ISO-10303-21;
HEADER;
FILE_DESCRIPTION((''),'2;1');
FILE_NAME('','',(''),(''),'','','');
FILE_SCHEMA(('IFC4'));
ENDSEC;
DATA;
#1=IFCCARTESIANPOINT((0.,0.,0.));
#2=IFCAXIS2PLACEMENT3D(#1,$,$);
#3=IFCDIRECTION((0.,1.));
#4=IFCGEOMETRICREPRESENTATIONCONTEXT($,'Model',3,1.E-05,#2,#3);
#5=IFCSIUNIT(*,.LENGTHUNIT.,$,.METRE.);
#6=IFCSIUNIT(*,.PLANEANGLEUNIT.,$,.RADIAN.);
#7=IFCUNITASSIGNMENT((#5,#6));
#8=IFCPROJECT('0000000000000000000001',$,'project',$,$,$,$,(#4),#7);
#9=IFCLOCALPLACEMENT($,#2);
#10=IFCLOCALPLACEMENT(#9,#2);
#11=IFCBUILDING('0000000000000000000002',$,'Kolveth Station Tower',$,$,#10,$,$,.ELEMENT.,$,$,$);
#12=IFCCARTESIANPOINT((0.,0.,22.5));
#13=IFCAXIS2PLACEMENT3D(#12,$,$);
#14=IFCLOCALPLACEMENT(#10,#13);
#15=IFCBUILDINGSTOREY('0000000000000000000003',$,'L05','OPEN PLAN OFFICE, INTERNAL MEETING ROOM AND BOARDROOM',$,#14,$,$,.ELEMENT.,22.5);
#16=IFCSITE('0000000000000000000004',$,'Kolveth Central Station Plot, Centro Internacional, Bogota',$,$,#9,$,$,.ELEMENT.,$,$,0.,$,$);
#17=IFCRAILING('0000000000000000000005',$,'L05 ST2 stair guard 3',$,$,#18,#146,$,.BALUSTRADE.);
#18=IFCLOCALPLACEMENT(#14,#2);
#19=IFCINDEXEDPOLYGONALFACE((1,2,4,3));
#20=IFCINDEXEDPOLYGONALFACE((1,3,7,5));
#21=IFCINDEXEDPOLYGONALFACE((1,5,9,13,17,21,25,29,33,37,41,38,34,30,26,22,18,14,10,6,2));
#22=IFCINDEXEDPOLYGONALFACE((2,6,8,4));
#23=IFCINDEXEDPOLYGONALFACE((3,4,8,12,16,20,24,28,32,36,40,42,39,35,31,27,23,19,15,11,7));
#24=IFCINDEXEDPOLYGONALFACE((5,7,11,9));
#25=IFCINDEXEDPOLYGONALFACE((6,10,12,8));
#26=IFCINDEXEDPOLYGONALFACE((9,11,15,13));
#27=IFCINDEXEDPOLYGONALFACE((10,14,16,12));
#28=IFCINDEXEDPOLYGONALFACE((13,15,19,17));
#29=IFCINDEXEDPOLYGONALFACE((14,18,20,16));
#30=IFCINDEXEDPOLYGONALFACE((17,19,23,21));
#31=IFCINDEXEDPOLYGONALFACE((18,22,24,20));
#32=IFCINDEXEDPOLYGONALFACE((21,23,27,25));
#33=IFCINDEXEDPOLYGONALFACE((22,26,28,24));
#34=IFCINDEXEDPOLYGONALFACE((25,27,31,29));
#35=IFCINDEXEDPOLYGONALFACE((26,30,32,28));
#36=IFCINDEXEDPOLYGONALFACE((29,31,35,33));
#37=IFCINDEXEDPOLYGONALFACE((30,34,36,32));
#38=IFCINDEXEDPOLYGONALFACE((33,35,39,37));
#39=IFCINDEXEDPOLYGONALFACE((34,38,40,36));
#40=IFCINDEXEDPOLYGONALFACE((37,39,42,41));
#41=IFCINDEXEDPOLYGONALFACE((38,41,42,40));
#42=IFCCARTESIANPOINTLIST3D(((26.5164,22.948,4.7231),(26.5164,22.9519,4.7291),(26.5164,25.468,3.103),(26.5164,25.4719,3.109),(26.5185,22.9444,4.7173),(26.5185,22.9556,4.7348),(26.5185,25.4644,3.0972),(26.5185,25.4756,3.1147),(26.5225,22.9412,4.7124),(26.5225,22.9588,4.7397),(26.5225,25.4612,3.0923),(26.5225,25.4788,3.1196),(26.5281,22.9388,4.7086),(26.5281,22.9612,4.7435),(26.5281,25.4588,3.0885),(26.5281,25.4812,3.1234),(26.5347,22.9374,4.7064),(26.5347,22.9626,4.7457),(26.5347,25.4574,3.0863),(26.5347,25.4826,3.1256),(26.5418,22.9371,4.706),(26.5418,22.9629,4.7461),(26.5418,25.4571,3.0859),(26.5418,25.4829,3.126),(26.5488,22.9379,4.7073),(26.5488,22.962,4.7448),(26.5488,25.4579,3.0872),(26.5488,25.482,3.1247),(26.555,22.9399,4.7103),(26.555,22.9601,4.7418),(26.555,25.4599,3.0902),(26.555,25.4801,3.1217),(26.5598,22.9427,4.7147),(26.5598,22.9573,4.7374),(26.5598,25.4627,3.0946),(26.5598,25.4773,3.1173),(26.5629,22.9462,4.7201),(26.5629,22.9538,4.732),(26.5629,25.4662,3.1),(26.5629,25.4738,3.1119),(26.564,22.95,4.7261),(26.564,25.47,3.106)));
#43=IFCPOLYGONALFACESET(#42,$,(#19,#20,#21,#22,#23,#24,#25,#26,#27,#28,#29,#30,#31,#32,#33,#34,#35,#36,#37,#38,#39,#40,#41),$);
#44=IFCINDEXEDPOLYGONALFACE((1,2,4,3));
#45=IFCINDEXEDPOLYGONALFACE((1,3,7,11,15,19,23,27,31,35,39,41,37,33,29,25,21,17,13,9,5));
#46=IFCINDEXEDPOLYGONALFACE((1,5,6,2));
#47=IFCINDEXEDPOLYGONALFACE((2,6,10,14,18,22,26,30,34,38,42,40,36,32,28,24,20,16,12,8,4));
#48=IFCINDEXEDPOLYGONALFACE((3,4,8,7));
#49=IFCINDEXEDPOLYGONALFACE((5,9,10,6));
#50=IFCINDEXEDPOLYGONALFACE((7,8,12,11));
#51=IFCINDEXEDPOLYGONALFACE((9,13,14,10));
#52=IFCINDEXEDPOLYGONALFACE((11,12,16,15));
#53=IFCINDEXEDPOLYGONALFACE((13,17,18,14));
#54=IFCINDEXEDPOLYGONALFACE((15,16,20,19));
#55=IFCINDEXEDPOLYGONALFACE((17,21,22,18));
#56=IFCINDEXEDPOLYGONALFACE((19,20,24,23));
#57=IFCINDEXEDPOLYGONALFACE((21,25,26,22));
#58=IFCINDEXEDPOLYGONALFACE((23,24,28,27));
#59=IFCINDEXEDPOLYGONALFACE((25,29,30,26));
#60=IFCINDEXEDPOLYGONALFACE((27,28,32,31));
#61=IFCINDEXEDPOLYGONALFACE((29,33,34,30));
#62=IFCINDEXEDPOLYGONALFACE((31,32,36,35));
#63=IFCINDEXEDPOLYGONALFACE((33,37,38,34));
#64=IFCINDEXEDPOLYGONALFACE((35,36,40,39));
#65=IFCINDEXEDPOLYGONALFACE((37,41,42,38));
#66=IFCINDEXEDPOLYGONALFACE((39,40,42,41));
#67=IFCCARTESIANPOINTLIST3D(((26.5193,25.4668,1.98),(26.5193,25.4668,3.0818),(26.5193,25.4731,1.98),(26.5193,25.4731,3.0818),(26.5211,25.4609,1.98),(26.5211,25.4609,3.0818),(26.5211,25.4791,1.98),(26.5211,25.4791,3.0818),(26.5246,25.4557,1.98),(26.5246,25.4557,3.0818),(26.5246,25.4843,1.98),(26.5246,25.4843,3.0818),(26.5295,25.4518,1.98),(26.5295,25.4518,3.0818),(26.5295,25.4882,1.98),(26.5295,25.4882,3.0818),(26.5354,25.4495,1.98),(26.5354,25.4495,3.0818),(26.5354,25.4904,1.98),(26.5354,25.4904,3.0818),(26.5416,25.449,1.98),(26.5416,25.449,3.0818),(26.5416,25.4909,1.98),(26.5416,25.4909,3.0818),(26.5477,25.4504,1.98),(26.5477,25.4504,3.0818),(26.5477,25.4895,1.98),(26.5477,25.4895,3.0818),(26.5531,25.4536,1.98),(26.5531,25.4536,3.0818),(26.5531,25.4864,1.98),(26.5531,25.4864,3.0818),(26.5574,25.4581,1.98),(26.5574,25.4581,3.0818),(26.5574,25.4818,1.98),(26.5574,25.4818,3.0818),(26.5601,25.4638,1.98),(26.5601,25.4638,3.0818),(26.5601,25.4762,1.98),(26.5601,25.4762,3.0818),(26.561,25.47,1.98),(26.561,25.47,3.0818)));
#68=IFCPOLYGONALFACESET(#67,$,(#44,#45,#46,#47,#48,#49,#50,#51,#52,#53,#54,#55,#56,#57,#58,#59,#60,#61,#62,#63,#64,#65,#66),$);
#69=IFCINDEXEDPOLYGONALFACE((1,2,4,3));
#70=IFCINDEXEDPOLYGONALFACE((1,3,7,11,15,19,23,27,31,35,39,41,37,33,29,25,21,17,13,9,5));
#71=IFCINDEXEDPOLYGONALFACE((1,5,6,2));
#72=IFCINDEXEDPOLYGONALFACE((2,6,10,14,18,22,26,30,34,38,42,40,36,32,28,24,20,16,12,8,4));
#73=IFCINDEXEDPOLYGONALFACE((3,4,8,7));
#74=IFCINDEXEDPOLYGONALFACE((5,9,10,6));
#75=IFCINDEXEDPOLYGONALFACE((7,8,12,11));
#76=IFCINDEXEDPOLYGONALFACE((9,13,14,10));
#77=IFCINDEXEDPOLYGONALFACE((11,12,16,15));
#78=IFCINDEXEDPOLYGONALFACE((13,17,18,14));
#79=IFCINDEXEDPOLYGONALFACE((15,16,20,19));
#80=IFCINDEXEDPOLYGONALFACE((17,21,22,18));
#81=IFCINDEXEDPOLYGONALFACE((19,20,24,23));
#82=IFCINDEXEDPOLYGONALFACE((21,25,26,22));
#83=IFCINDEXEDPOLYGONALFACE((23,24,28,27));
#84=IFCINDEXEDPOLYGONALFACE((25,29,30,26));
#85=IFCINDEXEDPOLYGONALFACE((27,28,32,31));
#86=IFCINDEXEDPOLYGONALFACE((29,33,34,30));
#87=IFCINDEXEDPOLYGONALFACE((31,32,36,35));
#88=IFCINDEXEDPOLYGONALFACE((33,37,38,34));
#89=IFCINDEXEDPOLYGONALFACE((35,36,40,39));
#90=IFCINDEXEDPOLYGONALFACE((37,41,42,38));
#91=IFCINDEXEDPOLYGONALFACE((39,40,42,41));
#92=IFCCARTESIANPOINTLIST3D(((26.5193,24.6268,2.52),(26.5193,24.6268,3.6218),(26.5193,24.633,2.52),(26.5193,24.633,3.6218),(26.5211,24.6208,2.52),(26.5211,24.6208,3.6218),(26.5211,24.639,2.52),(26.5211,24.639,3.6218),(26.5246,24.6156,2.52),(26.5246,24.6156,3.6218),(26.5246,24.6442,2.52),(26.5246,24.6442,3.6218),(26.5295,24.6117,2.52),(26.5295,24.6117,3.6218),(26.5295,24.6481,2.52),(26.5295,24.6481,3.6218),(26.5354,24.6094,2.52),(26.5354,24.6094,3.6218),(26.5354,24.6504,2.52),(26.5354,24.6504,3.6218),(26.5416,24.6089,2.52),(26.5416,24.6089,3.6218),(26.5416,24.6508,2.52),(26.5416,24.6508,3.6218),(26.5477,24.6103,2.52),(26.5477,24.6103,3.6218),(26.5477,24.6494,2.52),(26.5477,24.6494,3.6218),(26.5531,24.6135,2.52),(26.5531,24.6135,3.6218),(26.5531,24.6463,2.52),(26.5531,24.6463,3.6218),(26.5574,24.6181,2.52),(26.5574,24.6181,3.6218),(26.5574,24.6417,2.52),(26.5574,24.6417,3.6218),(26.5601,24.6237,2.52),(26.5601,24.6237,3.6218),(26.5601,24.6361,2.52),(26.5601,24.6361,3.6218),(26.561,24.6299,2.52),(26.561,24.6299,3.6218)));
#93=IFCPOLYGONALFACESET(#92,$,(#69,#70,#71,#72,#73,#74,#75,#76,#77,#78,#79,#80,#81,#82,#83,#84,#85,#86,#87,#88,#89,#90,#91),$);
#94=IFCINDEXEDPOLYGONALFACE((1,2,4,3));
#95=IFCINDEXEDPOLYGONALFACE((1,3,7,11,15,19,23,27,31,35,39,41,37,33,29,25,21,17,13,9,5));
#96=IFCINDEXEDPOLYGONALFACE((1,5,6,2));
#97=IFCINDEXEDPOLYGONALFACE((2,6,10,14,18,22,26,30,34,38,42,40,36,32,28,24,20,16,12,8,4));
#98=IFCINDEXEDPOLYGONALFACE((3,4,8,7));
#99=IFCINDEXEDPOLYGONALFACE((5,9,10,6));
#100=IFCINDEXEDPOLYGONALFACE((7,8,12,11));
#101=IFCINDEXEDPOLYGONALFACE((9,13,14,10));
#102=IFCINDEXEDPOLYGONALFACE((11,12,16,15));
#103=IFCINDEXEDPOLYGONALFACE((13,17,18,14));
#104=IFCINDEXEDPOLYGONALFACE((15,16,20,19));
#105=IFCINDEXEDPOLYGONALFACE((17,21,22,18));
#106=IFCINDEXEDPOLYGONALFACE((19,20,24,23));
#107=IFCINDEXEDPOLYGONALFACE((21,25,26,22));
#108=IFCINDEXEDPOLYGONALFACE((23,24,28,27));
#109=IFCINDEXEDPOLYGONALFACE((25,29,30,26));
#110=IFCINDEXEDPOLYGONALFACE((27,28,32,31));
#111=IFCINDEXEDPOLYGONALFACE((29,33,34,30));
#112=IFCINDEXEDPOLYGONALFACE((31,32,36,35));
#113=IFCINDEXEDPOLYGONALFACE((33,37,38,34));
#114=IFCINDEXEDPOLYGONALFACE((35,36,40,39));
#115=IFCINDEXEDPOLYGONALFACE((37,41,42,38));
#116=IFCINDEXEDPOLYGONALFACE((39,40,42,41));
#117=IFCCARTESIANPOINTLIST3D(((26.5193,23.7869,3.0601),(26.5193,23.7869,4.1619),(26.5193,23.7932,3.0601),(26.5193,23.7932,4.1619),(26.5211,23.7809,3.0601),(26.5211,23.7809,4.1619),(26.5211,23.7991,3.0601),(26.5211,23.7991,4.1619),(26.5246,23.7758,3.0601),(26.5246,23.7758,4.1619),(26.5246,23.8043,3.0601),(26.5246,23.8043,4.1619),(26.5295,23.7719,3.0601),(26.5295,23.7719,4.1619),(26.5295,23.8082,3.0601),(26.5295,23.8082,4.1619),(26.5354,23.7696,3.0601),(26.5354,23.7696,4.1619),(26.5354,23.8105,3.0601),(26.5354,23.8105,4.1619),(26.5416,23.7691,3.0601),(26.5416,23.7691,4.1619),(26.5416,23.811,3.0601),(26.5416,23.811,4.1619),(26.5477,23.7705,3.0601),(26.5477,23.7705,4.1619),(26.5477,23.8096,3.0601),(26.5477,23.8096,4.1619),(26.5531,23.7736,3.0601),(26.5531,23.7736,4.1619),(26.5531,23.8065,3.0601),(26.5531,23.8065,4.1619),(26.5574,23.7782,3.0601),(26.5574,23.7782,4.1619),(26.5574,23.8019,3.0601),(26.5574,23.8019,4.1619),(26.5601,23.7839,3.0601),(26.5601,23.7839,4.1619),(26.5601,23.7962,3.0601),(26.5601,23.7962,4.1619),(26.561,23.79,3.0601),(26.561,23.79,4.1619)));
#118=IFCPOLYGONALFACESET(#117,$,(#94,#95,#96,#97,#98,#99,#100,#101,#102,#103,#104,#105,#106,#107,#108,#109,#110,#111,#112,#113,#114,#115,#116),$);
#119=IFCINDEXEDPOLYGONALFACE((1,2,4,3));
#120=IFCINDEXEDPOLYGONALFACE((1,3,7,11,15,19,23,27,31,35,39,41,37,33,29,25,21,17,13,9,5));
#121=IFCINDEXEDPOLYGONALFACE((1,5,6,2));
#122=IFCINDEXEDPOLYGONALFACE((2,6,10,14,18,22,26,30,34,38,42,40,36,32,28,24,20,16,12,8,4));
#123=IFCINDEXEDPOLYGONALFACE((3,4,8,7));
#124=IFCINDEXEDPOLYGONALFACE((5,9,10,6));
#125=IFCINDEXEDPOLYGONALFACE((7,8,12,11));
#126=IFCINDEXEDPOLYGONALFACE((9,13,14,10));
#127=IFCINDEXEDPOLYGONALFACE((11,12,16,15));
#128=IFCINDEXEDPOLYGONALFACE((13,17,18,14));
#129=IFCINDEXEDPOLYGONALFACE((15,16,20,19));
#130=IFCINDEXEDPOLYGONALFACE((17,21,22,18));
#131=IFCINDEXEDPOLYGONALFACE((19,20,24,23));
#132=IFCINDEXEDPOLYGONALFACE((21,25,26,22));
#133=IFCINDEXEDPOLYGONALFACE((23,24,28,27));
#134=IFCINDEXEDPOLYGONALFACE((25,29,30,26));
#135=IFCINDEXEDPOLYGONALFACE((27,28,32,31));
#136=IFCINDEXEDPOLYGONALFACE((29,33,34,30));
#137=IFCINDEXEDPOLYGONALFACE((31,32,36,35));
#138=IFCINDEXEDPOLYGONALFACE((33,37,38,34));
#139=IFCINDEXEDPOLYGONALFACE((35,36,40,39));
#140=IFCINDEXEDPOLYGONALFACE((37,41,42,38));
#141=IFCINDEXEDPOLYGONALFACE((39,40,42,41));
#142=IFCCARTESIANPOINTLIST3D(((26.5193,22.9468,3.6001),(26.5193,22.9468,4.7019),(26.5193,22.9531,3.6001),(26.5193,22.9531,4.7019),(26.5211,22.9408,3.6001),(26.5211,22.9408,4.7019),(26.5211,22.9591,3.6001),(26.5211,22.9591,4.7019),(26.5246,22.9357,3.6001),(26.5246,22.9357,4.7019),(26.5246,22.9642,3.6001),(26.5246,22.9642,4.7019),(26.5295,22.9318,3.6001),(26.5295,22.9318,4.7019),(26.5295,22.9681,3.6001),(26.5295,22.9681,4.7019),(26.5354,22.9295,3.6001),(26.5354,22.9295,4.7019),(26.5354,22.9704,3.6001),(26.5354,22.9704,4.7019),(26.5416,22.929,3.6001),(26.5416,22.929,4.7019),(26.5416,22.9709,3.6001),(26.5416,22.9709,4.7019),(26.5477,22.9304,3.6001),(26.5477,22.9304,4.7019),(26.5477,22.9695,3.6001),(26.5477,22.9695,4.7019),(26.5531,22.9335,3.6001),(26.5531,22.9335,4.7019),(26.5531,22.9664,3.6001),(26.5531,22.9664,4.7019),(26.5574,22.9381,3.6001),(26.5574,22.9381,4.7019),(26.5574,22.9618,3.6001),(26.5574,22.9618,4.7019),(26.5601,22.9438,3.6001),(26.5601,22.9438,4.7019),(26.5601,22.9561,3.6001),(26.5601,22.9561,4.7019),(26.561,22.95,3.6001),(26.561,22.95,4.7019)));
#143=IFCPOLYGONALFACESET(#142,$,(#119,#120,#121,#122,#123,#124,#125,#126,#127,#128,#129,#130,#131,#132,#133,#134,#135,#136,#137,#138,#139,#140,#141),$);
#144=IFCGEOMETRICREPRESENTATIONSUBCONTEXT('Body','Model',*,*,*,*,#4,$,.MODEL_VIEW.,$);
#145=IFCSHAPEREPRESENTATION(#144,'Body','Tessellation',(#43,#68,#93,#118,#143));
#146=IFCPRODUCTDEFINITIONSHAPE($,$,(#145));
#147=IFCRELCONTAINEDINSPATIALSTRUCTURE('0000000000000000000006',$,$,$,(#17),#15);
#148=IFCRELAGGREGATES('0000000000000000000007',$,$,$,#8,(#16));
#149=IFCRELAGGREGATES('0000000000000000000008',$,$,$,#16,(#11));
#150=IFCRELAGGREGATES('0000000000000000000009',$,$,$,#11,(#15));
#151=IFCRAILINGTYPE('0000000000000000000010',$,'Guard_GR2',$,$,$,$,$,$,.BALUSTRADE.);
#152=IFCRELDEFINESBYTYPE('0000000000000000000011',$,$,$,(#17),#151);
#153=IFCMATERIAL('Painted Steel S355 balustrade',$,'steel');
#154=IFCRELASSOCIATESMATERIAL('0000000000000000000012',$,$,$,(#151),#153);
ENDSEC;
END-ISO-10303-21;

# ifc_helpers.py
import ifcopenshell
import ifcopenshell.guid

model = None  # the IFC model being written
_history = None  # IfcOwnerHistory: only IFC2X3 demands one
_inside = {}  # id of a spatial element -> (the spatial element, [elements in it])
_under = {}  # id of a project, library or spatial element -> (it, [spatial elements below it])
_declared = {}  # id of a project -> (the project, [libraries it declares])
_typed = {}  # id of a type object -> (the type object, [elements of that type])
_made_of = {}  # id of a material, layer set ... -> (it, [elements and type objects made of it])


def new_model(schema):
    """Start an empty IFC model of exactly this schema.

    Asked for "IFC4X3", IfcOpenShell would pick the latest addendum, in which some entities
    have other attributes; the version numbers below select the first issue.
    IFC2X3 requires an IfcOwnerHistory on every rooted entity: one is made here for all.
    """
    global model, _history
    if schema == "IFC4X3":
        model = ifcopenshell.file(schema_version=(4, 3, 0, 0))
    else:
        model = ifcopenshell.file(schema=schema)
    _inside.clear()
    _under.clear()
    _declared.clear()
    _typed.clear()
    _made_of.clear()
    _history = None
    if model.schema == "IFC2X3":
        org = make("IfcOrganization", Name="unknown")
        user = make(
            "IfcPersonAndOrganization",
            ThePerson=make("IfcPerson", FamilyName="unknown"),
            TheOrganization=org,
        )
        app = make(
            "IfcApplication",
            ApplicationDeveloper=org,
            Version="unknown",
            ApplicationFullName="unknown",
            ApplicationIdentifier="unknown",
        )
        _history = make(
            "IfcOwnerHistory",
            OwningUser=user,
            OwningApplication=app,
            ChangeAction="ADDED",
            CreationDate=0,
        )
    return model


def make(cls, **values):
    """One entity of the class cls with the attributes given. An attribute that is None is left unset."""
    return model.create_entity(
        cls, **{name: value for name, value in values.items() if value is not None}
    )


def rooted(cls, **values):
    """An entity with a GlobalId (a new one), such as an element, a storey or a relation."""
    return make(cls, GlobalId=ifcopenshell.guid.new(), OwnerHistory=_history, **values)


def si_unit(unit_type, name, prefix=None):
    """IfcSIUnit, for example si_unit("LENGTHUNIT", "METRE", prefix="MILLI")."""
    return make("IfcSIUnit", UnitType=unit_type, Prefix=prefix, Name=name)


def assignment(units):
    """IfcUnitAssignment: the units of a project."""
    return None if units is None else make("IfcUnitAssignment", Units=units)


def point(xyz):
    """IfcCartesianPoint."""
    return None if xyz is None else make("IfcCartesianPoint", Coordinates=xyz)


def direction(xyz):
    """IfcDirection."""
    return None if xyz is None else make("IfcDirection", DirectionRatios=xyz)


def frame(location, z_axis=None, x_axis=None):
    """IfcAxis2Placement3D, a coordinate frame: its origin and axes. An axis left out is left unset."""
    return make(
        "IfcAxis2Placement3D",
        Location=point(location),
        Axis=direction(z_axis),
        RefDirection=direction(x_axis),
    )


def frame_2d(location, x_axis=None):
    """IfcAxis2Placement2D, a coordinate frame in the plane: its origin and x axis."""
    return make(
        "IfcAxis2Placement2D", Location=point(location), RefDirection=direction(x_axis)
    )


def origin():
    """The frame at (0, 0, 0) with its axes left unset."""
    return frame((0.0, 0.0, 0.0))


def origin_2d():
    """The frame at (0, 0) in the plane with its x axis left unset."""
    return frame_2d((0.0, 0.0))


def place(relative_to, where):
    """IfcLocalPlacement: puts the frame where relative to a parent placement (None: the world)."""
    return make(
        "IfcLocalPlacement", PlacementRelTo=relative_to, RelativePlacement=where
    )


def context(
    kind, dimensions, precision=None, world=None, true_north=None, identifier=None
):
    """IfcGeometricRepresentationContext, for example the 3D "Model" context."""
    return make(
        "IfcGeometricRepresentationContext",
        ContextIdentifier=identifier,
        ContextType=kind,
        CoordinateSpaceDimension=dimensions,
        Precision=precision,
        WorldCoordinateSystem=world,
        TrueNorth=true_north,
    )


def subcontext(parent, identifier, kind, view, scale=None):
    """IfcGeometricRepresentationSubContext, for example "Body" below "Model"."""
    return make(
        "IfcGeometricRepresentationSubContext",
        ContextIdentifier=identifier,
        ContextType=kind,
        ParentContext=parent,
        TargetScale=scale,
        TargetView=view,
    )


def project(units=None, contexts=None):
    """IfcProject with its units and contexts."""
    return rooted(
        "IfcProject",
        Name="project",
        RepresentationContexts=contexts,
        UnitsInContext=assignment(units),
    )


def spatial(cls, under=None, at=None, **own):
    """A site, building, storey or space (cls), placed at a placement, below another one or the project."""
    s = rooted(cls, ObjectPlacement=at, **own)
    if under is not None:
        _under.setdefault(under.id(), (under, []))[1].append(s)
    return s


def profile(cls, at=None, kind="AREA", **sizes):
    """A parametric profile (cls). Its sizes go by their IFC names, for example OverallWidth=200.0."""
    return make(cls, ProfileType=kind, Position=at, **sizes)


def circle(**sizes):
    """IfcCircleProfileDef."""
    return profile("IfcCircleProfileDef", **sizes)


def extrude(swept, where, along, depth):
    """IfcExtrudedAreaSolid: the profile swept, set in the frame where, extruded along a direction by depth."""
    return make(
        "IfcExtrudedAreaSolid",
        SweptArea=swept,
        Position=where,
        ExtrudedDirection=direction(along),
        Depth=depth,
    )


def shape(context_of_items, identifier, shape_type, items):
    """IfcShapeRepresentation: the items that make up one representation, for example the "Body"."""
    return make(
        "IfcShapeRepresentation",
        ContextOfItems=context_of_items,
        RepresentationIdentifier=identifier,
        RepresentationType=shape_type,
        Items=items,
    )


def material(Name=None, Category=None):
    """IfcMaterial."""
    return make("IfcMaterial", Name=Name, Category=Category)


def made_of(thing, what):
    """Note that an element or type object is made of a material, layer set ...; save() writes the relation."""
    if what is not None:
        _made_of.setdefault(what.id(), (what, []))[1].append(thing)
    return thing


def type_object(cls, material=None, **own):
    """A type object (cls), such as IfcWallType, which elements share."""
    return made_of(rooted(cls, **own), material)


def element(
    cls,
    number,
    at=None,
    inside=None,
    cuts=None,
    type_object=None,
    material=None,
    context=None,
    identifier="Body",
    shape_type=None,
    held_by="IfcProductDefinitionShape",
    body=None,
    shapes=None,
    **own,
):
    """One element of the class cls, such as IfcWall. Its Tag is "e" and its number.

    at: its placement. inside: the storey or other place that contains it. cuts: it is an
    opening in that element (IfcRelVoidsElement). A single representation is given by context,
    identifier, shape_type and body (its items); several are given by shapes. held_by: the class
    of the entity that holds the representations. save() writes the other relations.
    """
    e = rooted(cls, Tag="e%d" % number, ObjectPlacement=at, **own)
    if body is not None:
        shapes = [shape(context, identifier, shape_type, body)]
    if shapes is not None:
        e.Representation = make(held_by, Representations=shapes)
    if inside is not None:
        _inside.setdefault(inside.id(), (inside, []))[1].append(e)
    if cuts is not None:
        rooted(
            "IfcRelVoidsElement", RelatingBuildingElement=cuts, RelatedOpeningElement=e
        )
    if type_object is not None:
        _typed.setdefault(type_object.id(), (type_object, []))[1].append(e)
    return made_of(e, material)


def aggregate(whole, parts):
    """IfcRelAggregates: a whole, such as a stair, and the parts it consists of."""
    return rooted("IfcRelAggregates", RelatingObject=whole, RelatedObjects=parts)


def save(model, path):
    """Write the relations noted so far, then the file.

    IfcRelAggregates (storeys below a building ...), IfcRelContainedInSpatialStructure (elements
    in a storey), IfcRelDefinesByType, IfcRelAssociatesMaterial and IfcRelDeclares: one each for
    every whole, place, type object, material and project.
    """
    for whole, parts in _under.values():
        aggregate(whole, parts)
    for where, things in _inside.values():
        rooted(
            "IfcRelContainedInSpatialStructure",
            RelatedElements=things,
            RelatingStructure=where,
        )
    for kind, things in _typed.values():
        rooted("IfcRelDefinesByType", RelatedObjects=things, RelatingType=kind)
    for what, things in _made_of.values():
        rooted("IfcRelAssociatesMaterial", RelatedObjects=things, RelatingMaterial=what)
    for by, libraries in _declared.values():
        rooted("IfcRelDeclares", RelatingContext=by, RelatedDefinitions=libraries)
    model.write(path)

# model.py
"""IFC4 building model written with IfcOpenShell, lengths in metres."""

from ifc_helpers import new_model, si_unit, direction, frame, origin, origin_2d, place, context, subcontext, project, spatial, circle, extrude, material, type_object, element, save


model = new_model("IFC4")

# Units and contexts
model_context = context("Model", 3, precision=1e-05, world=origin(), true_north=direction((0.0, 1.0)))
body_context = subcontext(model_context, "Body", "Model", "MODEL_VIEW")
ifc_project = project(units=[si_unit("LENGTHUNIT", "METRE"), si_unit("PLANEANGLEUNIT", "RADIAN")], contexts=[model_context])

# Site, building, storey
site_placement = place(None, origin())
site = spatial("IfcSite", under=ifc_project, at=site_placement, Name="Kolveth Central Station Plot, Centro Internacional, Bogota", CompositionType="ELEMENT", RefElevation=0.0)
building_placement = place(site_placement, origin())
building = spatial("IfcBuilding", under=site, at=building_placement, Name="Kolveth Station Tower", CompositionType="ELEMENT")
storey_placement = place(building_placement, frame((0.0, 0.0, 22.5)))
storey = spatial("IfcBuildingStorey", under=building, at=storey_placement, Name="L05", Description="OPEN PLAN OFFICE, INTERNAL MEETING ROOM AND BOARDROOM", CompositionType="ELEMENT", Elevation=22.5)

# Railing
ifc_material_1 = material(Name="Painted Steel S355 balustrade", Category="steel")
railing_type_1 = type_object("IfcRailingType", Name="Guard_GR2", PredefinedType="BALUSTRADE", material=ifc_material_1)
railing_1_placement = place(storey_placement, frame((26.54, 25.47, 1.98)))
element("IfcRailing", 1, at=railing_1_placement, inside=storey, type_object=railing_type_1, Name="L05 ST2 stair guard 3", PredefinedType="BALUSTRADE", context=body_context, shape_type="SweptSolid", body=[
    extrude(circle(Radius=0.0239, at=origin_2d()), frame((0.0, 0.0, 1.126), z_axis=(0.0, -0.841163, 0.540782), x_axis=(1.0, 0.0, 0.0)), (0.0, 0.0, 1.0), 2.9958),
    extrude(circle(Radius=0.021, at=origin_2d()), origin(), (0.0, 0.0, 1.0), 1.1018),
    extrude(circle(Radius=0.021, at=origin_2d()), frame((0.0, -0.8401, 0.54)), (0.0, 0.0, 1.0), 1.1018),
    extrude(circle(Radius=0.021, at=origin_2d()), frame((0.0, -1.6799, 1.0801)), (0.0, 0.0, 1.0), 1.1018),
    extrude(circle(Radius=0.021, at=origin_2d()), frame((0.0, -2.52, 1.6201)), (0.0, 0.0, 1.0), 1.1018),
])

save(model, "model.ifc")
